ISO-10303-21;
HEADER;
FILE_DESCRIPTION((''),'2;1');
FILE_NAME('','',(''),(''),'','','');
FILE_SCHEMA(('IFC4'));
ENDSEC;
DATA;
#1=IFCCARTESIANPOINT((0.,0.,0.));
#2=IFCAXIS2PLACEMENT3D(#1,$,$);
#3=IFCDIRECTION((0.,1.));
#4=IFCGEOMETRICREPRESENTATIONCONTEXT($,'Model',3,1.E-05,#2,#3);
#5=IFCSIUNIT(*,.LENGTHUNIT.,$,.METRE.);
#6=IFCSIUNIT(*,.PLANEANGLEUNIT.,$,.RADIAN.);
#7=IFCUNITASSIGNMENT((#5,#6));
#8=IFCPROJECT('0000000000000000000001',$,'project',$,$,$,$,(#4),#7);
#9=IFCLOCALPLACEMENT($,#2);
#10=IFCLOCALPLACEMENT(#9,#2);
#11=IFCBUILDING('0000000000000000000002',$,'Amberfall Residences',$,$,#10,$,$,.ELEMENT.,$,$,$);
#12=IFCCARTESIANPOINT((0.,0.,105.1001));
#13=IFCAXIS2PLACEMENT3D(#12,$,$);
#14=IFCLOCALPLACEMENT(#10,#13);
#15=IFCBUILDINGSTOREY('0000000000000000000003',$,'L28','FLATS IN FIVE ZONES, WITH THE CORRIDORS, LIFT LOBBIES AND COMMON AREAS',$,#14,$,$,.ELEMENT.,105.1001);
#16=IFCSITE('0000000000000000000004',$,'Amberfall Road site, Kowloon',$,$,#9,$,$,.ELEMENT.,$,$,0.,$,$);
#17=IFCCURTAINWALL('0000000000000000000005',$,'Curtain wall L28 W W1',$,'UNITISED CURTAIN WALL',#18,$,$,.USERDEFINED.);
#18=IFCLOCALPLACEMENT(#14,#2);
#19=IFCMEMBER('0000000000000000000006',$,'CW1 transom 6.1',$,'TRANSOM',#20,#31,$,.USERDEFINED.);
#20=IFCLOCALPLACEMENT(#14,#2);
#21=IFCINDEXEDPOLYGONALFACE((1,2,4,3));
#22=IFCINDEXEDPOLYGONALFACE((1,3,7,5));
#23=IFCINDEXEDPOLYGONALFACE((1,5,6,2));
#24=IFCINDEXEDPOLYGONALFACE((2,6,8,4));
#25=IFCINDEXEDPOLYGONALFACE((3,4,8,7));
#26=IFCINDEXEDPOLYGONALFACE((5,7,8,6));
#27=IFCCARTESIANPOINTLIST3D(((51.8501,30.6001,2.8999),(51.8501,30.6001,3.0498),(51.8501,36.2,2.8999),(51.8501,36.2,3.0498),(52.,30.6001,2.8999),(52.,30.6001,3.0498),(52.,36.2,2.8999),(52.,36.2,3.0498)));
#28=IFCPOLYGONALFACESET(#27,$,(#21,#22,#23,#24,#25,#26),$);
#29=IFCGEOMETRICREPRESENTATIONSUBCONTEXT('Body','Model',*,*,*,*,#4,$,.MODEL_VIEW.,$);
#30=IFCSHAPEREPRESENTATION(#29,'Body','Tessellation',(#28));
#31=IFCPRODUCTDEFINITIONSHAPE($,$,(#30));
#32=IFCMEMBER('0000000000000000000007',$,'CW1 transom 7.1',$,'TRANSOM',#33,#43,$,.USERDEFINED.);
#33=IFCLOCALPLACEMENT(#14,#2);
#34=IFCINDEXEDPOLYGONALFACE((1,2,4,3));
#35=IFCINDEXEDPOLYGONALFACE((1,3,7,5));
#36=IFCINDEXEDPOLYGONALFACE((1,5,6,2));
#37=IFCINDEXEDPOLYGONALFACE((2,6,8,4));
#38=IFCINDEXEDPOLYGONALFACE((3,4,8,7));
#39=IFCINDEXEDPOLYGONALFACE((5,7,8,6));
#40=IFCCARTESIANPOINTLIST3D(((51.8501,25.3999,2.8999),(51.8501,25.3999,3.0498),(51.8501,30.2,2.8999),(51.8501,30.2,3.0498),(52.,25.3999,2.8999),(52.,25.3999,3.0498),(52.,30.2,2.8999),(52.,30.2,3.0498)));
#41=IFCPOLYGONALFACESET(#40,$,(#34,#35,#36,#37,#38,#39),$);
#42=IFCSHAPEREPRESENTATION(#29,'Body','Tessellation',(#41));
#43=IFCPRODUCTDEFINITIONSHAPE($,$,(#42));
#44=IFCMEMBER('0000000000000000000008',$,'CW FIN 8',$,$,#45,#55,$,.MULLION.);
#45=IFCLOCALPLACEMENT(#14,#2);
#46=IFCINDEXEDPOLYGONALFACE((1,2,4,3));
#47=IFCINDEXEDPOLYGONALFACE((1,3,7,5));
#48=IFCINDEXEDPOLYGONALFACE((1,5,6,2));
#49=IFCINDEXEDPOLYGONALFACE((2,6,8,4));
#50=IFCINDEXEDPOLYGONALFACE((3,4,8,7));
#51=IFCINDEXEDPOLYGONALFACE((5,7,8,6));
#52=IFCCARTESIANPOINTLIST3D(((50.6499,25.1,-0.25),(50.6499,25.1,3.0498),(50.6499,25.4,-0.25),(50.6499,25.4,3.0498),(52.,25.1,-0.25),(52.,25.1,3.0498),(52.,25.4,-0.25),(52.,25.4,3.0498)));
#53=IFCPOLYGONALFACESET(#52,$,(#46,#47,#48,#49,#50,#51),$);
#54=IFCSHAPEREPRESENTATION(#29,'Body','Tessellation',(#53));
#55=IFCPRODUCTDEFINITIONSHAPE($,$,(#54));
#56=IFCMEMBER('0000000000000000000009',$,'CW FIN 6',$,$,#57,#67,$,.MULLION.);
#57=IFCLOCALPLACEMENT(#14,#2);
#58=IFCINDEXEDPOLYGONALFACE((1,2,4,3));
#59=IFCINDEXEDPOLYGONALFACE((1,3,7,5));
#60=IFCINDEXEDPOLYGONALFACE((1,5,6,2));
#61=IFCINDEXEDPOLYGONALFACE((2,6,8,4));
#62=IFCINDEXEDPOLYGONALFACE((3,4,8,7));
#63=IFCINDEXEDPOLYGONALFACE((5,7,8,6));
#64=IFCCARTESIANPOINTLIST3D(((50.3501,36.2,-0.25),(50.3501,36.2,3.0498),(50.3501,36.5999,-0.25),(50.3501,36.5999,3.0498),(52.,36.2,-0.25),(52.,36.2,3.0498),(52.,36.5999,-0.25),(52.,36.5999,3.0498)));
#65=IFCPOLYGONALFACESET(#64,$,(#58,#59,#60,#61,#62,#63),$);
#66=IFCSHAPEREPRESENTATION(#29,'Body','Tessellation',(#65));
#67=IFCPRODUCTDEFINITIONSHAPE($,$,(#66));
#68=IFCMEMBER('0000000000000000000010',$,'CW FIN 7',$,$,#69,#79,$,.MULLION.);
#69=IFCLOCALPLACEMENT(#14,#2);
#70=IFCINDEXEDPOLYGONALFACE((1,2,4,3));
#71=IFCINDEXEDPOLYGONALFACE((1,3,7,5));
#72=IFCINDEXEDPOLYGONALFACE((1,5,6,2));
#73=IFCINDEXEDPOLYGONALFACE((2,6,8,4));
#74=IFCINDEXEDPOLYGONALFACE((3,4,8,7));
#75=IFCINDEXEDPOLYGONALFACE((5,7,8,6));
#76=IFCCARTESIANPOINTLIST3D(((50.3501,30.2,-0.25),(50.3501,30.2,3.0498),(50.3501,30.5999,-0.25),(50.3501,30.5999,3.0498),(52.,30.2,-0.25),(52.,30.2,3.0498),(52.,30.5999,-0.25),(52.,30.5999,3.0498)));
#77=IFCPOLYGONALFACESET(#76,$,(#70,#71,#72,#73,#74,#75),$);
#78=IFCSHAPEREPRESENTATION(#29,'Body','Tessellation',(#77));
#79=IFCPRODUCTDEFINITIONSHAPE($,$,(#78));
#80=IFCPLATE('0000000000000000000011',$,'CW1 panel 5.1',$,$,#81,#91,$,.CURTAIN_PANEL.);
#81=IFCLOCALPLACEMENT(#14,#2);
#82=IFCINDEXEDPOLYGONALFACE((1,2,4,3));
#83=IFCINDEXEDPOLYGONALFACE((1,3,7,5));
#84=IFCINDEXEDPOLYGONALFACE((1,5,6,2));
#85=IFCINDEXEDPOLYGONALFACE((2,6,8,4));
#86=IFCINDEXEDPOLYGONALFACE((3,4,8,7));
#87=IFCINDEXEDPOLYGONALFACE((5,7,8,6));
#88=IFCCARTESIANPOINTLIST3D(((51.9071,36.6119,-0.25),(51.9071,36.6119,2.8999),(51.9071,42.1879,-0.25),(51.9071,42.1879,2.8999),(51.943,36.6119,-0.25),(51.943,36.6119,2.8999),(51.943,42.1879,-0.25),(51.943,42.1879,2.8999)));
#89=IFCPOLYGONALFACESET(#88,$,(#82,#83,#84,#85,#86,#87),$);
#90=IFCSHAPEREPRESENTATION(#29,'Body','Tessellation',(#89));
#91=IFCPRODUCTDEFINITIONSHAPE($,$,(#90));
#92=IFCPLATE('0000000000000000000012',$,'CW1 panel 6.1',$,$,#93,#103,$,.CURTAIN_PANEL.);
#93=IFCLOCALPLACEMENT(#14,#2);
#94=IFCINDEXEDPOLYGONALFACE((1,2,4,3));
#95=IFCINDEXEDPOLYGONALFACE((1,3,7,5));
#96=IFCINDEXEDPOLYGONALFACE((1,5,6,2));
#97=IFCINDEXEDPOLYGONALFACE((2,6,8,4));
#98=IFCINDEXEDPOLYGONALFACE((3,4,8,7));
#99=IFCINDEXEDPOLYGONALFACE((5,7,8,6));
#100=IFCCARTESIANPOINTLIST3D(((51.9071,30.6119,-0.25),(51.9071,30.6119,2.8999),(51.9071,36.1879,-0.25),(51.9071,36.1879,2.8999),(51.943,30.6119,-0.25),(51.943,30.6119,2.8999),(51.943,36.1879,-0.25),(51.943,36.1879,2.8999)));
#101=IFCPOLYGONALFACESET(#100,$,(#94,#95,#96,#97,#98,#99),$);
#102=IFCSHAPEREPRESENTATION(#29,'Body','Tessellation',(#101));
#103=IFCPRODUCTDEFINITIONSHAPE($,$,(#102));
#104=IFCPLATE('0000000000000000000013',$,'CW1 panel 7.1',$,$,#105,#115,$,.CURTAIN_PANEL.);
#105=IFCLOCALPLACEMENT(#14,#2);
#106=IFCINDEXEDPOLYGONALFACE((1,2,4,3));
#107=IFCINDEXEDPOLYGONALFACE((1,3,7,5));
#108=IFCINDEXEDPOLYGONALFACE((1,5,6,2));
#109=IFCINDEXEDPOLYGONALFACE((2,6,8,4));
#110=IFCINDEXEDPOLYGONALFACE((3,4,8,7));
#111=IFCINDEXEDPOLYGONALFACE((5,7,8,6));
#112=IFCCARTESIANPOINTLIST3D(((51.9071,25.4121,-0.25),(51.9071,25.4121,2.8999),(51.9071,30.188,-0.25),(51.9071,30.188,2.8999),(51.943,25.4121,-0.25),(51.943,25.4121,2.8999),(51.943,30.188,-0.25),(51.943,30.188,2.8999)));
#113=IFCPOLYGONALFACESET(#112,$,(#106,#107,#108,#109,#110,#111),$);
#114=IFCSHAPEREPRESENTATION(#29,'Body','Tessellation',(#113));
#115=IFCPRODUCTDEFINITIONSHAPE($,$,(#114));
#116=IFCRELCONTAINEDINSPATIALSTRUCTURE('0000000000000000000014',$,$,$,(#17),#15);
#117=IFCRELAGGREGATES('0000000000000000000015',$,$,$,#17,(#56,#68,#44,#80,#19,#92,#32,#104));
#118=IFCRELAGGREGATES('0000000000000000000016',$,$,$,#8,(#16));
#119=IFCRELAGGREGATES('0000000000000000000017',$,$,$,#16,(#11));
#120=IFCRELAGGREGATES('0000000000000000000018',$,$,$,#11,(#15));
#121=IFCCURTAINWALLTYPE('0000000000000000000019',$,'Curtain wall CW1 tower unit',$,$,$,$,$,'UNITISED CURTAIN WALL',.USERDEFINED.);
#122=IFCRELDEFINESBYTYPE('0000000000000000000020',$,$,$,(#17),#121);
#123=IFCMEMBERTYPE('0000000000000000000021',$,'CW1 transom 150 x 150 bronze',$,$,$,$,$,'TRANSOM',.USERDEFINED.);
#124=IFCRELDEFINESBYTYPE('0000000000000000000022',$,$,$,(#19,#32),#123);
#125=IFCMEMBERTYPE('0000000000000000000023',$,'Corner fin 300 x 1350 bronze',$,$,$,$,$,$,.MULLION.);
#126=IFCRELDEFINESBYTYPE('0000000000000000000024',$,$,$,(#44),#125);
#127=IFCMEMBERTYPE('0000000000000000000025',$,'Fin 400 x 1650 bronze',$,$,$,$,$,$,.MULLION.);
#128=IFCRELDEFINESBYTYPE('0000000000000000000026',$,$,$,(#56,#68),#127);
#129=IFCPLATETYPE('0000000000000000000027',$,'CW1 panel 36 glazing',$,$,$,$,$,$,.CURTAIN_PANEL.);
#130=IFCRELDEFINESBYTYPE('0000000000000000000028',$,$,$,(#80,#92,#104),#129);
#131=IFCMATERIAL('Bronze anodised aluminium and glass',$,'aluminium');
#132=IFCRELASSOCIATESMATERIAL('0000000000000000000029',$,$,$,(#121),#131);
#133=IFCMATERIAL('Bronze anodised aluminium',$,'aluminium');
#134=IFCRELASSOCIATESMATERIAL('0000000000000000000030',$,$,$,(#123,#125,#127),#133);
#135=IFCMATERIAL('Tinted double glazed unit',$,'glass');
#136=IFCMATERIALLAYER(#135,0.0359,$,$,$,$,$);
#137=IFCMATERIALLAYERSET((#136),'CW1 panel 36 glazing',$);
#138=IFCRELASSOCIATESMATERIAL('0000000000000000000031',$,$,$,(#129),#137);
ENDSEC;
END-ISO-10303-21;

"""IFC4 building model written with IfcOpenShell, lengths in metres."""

from ifc_helpers import new_model, si_unit, direction, frame, origin, origin_2d, place, context, subcontext, project, spatial, rectangle, extrude, material, layer, layer_set, material_profile, profile_set, type_object, element, aggregate, save


model = new_model("IFC4")

# Units and contexts
model_context = context("Model", 3, precision=1e-05, world=origin(), true_north=direction((0.0, 1.0)))
body_context = subcontext(model_context, "Body", "Model", "MODEL_VIEW")
ifc_project = project(units=[si_unit("LENGTHUNIT", "METRE"), si_unit("PLANEANGLEUNIT", "RADIAN")], contexts=[model_context])

# Site, building, storey
site_placement = place(None, origin())
site = spatial("IfcSite", under=ifc_project, at=site_placement, Name="Amberfall Road site, Kowloon", CompositionType="ELEMENT", RefElevation=0.0)
building_placement = place(site_placement, origin())
building = spatial("IfcBuilding", under=site, at=building_placement, Name="Amberfall Residences", CompositionType="ELEMENT")
storey_placement = place(building_placement, frame((0.0, 0.0, 105.1001)))
storey = spatial("IfcBuildingStorey", under=building, at=storey_placement, Name="L28", Description="FLATS IN FIVE ZONES, WITH THE CORRIDORS, LIFT LOBBIES AND COMMON AREAS", CompositionType="ELEMENT", Elevation=105.1001)

# Curtain wall, members, plates
ifc_material_1 = material(Name="Bronze anodised aluminium and glass", Category="aluminium")
curtain_wall_type = type_object("IfcCurtainWallType", Name="Curtain wall CW1 tower unit", ElementType="UNITISED CURTAIN WALL", PredefinedType="USERDEFINED", material=ifc_material_1)
curtain_wall_placement = place(storey_placement, origin())
curtain_wall = element("IfcCurtainWall", 1, at=curtain_wall_placement, inside=storey, type_object=curtain_wall_type, Name="Curtain wall L28 W W1", ObjectType="UNITISED CURTAIN WALL", PredefinedType="USERDEFINED")
ifc_material_2 = material(Name="Bronze anodised aluminium", Category="aluminium")
ifc_material_profile_1 = material_profile(ifc_material_2, rectangle(XDim=0.1499, YDim=0.1499, at=origin_2d()), Name="CW1 transom 150 x 150 bronze")
ifc_profile_set_1 = profile_set([ifc_material_profile_1], Name="Bronze anodised aluminium")
member_type_1 = type_object("IfcMemberType", Name="CW1 transom 150 x 150 bronze", ElementType="TRANSOM", PredefinedType="USERDEFINED", material=ifc_profile_set_1)
member_1_placement = place(storey_placement, frame((51.925, 36.2, 2.9749), z_axis=(0.0, -1.0, 0.0), x_axis=(1.0, 0.0, 0.0)))
member_1 = element("IfcMember", 2, at=member_1_placement, type_object=member_type_1, Name="CW1 transom 6.1", ObjectType="TRANSOM", PredefinedType="USERDEFINED", context=body_context, shape_type="SweptSolid", body=[
    extrude(rectangle(XDim=0.1499, YDim=0.1499, at=origin_2d()), origin(), (0.0, 0.0, 1.0), 5.5999),
])
member_2_placement = place(storey_placement, frame((51.925, 30.2, 2.9749), z_axis=(0.0, -1.0, 0.0), x_axis=(1.0, 0.0, 0.0)))
member_2 = element("IfcMember", 3, at=member_2_placement, type_object=member_type_1, Name="CW1 transom 7.1", ObjectType="TRANSOM", PredefinedType="USERDEFINED", context=body_context, shape_type="SweptSolid", body=[
    extrude(rectangle(XDim=0.1499, YDim=0.1499, at=origin_2d()), origin(), (0.0, 0.0, 1.0), 4.8),
])
ifc_material_profile_2 = material_profile(ifc_material_2, rectangle(XDim=1.3501, YDim=0.3, at=origin_2d()), Name="Corner fin 300 x 1350 bronze")
ifc_profile_set_2 = profile_set([ifc_material_profile_2], Name="Bronze anodised aluminium")
member_type_2 = type_object("IfcMemberType", Name="Corner fin 300 x 1350 bronze", PredefinedType="MULLION", material=ifc_profile_set_2)
member_3_placement = place(storey_placement, frame((51.325, 25.25, -0.25), z_axis=(0.0, 0.0, 1.0), x_axis=(1.0, 0.0, 0.0)))
member_3 = element("IfcMember", 4, at=member_3_placement, type_object=member_type_2, Name="CW FIN 8", PredefinedType="MULLION", context=body_context, shape_type="SweptSolid", body=[
    extrude(rectangle(XDim=1.3501, YDim=0.3, at=origin_2d()), origin(), (0.0, 0.0, 1.0), 3.2998),
])
ifc_material_profile_3 = material_profile(ifc_material_2, rectangle(XDim=1.6499, YDim=0.3999, at=origin_2d()), Name="Fin 400 x 1650 bronze")
ifc_profile_set_3 = profile_set([ifc_material_profile_3], Name="Bronze anodised aluminium")
member_type_3 = type_object("IfcMemberType", Name="Fin 400 x 1650 bronze", PredefinedType="MULLION", material=ifc_profile_set_3)
member_4_placement = place(storey_placement, frame((51.175, 36.3999, -0.25), z_axis=(0.0, 0.0, 1.0), x_axis=(1.0, 0.0, 0.0)))
member_4 = element("IfcMember", 5, at=member_4_placement, type_object=member_type_3, Name="CW FIN 6", PredefinedType="MULLION", context=body_context, shape_type="SweptSolid", body=[
    extrude(rectangle(XDim=1.6499, YDim=0.3999, at=origin_2d()), origin(), (0.0, 0.0, 1.0), 3.2998),
])
member_5_placement = place(storey_placement, frame((51.175, 30.3999, -0.25), z_axis=(0.0, 0.0, 1.0), x_axis=(1.0, 0.0, 0.0)))
member_5 = element("IfcMember", 6, at=member_5_placement, type_object=member_type_3, Name="CW FIN 7", PredefinedType="MULLION", context=body_context, shape_type="SweptSolid", body=[
    extrude(rectangle(XDim=1.6499, YDim=0.3999, at=origin_2d()), origin(), (0.0, 0.0, 1.0), 3.2998),
])
ifc_material_3 = material(Name="Tinted double glazed unit", Category="glass")
ifc_layer_1 = layer(ifc_material_3, 0.0359)
ifc_layer_set_1 = layer_set([ifc_layer_1], Name="CW1 panel 36 glazing")
plate_type = type_object("IfcPlateType", Name="CW1 panel 36 glazing", PredefinedType="CURTAIN_PANEL", material=ifc_layer_set_1)
plate_1_placement = place(storey_placement, frame((51.925, 39.3999, -0.25), z_axis=(0.0, 0.0, 1.0), x_axis=(0.0, -1.0, 0.0)))
plate_1 = element("IfcPlate", 7, at=plate_1_placement, type_object=plate_type, Name="CW1 panel 5.1", PredefinedType="CURTAIN_PANEL", context=body_context, shape_type="SweptSolid", body=[
    extrude(rectangle(XDim=5.5759, YDim=0.0359, at=origin_2d()), origin(), (0.0, 0.0, 1.0), 3.1499),
])
plate_2_placement = place(storey_placement, frame((51.925, 33.3999, -0.25), z_axis=(0.0, 0.0, 1.0), x_axis=(0.0, -1.0, 0.0)))
plate_2 = element("IfcPlate", 8, at=plate_2_placement, type_object=plate_type, Name="CW1 panel 6.1", PredefinedType="CURTAIN_PANEL", context=body_context, shape_type="SweptSolid", body=[
    extrude(rectangle(XDim=5.5759, YDim=0.0359, at=origin_2d()), origin(), (0.0, 0.0, 1.0), 3.1499),
])
plate_3_placement = place(storey_placement, frame((51.925, 27.8, -0.25), z_axis=(0.0, 0.0, 1.0), x_axis=(0.0, -1.0, 0.0)))
plate_3 = element("IfcPlate", 9, at=plate_3_placement, type_object=plate_type, Name="CW1 panel 7.1", PredefinedType="CURTAIN_PANEL", context=body_context, shape_type="SweptSolid", body=[
    extrude(rectangle(XDim=4.7759, YDim=0.0359, at=origin_2d()), origin(), (0.0, 0.0, 1.0), 3.1499),
])
aggregate(curtain_wall, [member_4, member_5, member_3, plate_1, member_1, plate_2, member_2, plate_3])

save(model, "model.ifc")
